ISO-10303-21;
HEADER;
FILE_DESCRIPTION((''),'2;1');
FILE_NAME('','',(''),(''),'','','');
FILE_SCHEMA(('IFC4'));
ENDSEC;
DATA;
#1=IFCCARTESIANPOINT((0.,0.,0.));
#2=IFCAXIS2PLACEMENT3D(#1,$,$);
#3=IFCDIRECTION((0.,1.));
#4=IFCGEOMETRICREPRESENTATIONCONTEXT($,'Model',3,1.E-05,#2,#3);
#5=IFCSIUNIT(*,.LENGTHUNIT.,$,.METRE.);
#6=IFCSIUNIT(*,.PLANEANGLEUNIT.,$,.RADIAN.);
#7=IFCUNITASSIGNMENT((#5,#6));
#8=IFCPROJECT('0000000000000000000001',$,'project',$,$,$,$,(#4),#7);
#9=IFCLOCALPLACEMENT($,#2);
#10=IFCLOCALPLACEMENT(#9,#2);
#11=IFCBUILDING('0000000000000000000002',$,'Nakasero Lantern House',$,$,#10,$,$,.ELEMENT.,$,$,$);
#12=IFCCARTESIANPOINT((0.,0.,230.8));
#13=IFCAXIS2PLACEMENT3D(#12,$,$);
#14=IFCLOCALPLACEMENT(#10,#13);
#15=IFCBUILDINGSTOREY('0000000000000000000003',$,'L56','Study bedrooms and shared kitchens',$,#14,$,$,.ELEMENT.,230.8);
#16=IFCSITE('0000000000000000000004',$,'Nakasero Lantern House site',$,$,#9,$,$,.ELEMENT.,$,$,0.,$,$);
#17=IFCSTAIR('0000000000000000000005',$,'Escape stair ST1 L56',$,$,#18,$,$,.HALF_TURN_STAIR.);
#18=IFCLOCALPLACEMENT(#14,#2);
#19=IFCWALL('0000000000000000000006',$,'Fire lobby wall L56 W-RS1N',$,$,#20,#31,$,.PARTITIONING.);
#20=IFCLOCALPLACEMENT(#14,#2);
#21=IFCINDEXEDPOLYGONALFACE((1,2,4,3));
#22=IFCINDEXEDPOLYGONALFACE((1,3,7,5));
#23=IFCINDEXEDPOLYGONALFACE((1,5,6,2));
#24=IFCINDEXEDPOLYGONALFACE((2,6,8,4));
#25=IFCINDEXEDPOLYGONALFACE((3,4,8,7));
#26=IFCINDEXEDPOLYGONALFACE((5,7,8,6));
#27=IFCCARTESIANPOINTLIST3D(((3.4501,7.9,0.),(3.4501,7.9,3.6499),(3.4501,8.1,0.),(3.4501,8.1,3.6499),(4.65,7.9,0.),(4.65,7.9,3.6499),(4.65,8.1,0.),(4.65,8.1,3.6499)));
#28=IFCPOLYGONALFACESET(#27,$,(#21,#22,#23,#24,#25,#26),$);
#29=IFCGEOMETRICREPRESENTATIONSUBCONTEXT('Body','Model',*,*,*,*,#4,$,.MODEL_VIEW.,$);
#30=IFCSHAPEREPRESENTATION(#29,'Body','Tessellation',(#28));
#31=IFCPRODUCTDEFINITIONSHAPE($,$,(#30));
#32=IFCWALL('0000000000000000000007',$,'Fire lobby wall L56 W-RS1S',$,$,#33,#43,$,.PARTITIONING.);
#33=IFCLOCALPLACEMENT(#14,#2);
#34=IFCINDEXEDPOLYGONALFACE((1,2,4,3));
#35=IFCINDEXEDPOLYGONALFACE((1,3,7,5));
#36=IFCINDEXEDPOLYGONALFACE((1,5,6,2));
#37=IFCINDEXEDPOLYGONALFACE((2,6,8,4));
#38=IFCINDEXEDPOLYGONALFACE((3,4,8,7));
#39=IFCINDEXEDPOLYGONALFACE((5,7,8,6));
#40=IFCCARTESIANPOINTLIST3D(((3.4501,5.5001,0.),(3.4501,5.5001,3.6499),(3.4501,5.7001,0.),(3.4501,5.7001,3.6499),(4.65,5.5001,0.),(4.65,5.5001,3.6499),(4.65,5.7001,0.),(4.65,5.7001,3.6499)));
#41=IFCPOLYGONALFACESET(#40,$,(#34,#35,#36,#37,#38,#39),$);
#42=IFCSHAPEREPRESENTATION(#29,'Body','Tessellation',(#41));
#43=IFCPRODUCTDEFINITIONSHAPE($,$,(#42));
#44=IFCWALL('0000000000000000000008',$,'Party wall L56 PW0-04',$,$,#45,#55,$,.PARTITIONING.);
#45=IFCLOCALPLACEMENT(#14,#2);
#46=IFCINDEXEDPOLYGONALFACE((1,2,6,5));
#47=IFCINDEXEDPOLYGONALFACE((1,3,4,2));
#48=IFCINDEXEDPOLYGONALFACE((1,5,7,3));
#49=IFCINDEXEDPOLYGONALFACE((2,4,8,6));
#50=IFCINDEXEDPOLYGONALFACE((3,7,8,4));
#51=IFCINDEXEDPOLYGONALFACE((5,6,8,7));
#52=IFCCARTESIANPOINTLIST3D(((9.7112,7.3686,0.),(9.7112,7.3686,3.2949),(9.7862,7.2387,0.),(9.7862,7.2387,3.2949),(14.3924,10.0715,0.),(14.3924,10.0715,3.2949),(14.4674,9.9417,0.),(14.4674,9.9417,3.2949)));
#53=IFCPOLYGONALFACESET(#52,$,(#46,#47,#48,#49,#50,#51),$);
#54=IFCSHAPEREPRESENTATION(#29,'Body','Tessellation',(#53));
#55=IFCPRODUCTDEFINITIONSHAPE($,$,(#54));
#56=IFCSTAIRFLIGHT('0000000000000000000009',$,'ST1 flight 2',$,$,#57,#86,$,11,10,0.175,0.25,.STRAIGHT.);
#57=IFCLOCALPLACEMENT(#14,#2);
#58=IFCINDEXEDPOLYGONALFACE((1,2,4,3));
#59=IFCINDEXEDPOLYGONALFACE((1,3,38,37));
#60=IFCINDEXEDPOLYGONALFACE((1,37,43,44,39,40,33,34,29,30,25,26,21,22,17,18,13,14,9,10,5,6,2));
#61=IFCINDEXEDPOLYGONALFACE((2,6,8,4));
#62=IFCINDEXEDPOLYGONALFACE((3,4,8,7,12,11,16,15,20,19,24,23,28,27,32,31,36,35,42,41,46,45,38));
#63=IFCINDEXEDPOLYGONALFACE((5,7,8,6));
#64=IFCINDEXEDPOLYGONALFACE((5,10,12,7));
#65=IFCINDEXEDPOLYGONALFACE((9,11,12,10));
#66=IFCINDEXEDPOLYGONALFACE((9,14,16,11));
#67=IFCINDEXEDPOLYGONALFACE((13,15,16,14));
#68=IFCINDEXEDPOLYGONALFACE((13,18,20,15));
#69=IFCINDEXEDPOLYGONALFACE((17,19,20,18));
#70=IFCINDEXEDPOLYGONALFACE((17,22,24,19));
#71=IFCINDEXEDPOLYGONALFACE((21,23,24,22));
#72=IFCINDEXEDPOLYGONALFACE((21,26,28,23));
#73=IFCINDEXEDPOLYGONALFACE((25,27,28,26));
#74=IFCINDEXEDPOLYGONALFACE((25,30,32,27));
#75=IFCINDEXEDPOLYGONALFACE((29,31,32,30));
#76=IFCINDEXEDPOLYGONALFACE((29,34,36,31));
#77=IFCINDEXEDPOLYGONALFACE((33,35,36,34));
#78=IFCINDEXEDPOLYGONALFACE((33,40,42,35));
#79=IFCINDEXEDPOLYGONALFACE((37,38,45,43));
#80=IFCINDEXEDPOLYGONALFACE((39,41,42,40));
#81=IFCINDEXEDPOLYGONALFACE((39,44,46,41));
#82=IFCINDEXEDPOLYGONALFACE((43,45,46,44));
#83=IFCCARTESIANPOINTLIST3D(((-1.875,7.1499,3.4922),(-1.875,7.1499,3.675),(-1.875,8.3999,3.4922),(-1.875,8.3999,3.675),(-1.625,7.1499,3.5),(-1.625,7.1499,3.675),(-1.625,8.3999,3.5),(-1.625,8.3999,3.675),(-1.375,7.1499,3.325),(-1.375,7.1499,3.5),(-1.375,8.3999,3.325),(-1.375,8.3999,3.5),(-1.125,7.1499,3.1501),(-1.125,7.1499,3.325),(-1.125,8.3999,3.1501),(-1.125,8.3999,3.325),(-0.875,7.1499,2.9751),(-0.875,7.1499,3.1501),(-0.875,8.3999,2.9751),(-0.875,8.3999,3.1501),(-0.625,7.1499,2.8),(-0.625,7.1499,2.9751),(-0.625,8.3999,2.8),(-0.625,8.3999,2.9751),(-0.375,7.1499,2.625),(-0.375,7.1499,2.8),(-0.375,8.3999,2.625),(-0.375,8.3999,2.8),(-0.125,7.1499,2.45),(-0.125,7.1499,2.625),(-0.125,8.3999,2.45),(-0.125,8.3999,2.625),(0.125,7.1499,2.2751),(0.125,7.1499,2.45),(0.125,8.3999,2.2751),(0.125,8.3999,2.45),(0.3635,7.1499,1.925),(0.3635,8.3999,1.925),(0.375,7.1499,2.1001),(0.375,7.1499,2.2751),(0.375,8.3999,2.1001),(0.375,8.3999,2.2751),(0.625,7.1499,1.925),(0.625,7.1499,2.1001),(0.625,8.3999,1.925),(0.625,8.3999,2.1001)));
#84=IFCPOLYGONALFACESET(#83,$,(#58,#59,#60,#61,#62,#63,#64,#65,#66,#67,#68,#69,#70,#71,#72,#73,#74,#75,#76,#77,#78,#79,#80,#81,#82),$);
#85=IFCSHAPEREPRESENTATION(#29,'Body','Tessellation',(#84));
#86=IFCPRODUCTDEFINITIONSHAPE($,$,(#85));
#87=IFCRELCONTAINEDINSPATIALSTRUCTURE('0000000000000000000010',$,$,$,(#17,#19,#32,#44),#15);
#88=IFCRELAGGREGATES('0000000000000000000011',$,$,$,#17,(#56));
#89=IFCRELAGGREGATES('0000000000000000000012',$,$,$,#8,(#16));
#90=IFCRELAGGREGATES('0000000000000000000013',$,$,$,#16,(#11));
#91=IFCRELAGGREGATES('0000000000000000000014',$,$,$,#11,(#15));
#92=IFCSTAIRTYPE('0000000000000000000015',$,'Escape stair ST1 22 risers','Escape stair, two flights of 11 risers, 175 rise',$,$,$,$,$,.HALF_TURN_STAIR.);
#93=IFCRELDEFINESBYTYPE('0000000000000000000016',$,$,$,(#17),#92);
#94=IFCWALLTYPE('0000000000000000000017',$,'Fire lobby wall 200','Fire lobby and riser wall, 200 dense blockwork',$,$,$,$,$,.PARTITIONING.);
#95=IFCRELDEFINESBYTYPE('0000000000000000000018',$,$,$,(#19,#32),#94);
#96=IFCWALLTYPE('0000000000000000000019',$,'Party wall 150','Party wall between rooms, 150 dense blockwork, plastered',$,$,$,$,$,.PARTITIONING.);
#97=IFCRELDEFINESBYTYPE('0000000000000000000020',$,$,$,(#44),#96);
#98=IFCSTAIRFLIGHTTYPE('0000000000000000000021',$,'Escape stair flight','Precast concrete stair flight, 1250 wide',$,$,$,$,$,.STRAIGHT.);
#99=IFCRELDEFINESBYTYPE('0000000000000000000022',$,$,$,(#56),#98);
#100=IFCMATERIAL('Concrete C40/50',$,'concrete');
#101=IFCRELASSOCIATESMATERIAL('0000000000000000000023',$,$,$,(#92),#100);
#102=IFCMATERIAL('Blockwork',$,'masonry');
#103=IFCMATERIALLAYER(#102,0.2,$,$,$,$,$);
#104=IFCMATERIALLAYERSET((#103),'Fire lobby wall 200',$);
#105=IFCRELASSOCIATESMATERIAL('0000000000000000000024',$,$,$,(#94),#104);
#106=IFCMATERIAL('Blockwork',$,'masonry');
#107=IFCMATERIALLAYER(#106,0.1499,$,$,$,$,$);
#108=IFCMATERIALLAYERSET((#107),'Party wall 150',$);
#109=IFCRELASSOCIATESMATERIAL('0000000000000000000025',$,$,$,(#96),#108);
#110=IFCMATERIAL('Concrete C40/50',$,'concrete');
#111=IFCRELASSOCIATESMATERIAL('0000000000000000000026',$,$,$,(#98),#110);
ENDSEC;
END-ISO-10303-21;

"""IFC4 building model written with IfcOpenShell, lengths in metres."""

from ifc_helpers import new_model, si_unit, direction, frame, frame_2d, origin, place, context, subcontext, project, spatial, polyline, rectangle, outline, extrude, material, layer, layer_set, type_object, element, aggregate, save


model = new_model("IFC4")

# Units and contexts
model_context = context("Model", 3, precision=1e-05, world=origin(), true_north=direction((0.0, 1.0)))
body_context = subcontext(model_context, "Body", "Model", "MODEL_VIEW")
ifc_project = project(units=[si_unit("LENGTHUNIT", "METRE"), si_unit("PLANEANGLEUNIT", "RADIAN")], contexts=[model_context])

# Site, building, storey
site_placement = place(None, origin())
site = spatial("IfcSite", under=ifc_project, at=site_placement, Name="Nakasero Lantern House site", CompositionType="ELEMENT", RefElevation=0.0)
building_placement = place(site_placement, origin())
building = spatial("IfcBuilding", under=site, at=building_placement, Name="Nakasero Lantern House", CompositionType="ELEMENT")
storey_placement = place(building_placement, frame((0.0, 0.0, 230.8)))
storey = spatial("IfcBuildingStorey", under=building, at=storey_placement, Name="L56", Description="Study bedrooms and shared kitchens", CompositionType="ELEMENT", Elevation=230.8)

# Stair
ifc_material_1 = material(Name="Concrete C40/50", Category="concrete")
stair_type_1 = type_object("IfcStairType", Name="Escape stair ST1 22 risers", Description="Escape stair, two flights of 11 risers, 175 rise", PredefinedType="HALF_TURN_STAIR", material=ifc_material_1)
stair_1_placement = place(storey_placement, origin())
stair_1 = element("IfcStair", 1, at=stair_1_placement, inside=storey, type_object=stair_type_1, Name="Escape stair ST1 L56", PredefinedType="HALF_TURN_STAIR")

# Shared definitions
ifc_material_2 = material(Name="Blockwork", Category="masonry")
ifc_layer_1 = layer(ifc_material_2, 0.2)
ifc_layer_set_1 = layer_set([ifc_layer_1], Name="Fire lobby wall 200")
wall_type_1 = type_object("IfcWallType", Name="Fire lobby wall 200", Description="Fire lobby and riser wall, 200 dense blockwork", PredefinedType="PARTITIONING", material=ifc_layer_set_1)

# Walls
for number, where, z_axis, x_axis, name in (
    (2, (3.45, 8.0, 0.0), (0.0, 0.0, 1.0), (1.0, 0.0, 0.0), "Fire lobby wall L56 W-RS1N"),
    (3, (3.45, 5.6001, 0.0), (0.0, 0.0, 1.0), (1.0, 0.0, 0.0), "Fire lobby wall L56 W-RS1S"),
):
    element("IfcWall", number, at=place(storey_placement, frame(where, z_axis=z_axis, x_axis=x_axis)), inside=storey, type_object=wall_type_1, Name=name, PredefinedType="PARTITIONING", context=body_context, shape_type="SweptSolid", body=[
        extrude(rectangle(XDim=1.2, YDim=0.2, at=frame_2d((0.6001, 0.0))), origin(), (0.0, 0.0, 1.0), 3.6499),
    ])
ifc_material_3 = material(Name="Blockwork", Category="masonry")
ifc_layer_2 = layer(ifc_material_3, 0.1499)
ifc_layer_set_2 = layer_set([ifc_layer_2], Name="Party wall 150")
wall_type_2 = type_object("IfcWallType", Name="Party wall 150", Description="Party wall between rooms, 150 dense blockwork, plastered", PredefinedType="PARTITIONING", material=ifc_layer_set_2)
wall_1_placement = place(storey_placement, frame((9.7488, 7.3037, 0.0), z_axis=(0.0, 0.0, 1.0), x_axis=(0.866008, 0.50003, 0.0)))
element("IfcWall", 4, at=wall_1_placement, inside=storey, type_object=wall_type_2, Name="Party wall L56 PW0-04", PredefinedType="PARTITIONING", context=body_context, shape_type="SweptSolid", body=[
    extrude(rectangle(XDim=5.4055, YDim=0.1499, at=frame_2d((2.7026, 0.0))), origin(), (0.0, 0.0, 1.0), 3.2949),
])

# Stair flight
ifc_material_4 = material(Name="Concrete C40/50", Category="concrete")
stair_flight_type = type_object("IfcStairFlightType", Name="Escape stair flight", Description="Precast concrete stair flight, 1250 wide", PredefinedType="STRAIGHT", material=ifc_material_4)
stair_flight_placement = place(storey_placement, frame((0.625, 7.7749, 1.925), z_axis=(0.0, 0.0, 1.0), x_axis=(-1.0, 0.0, 0.0)))
stair_flight = element("IfcStairFlight", 5, at=stair_flight_placement, type_object=stair_flight_type, Name="ST1 flight 2", NumberOfRisers=11, NumberOfTreads=10, PredefinedType="STRAIGHT", RiserHeight=0.175, TreadLength=0.25, context=body_context, shape_type="SweptSolid", body=[
    extrude(outline(polyline([(0.0, 0.0), (0.0, 0.175), (0.25, 0.175), (0.25, 0.3501), (0.5, 0.3501), (0.5, 0.5249), (0.75, 0.5249), (0.75, 0.7), (1.0, 0.7), (1.0, 0.875), (1.25, 0.875), (1.25, 1.05), (1.5, 1.05), (1.5, 1.2251), (1.75, 1.2251), (1.75, 1.3999), (2.0, 1.3999), (2.0, 1.575), (2.25, 1.575), (2.25, 1.75), (2.5, 1.75), (2.5, 1.925), (2.5, 1.5671), (0.2615, 0.0), (0.0, 0.0)])), frame((0.0, 0.625, 0.0), z_axis=(0.0, -1.0, 0.0), x_axis=(1.0, 0.0, 0.0)), (0.0, 0.0, 1.0), 1.25),
])
aggregate(stair_1, [stair_flight])

save(model, "model.ifc")
